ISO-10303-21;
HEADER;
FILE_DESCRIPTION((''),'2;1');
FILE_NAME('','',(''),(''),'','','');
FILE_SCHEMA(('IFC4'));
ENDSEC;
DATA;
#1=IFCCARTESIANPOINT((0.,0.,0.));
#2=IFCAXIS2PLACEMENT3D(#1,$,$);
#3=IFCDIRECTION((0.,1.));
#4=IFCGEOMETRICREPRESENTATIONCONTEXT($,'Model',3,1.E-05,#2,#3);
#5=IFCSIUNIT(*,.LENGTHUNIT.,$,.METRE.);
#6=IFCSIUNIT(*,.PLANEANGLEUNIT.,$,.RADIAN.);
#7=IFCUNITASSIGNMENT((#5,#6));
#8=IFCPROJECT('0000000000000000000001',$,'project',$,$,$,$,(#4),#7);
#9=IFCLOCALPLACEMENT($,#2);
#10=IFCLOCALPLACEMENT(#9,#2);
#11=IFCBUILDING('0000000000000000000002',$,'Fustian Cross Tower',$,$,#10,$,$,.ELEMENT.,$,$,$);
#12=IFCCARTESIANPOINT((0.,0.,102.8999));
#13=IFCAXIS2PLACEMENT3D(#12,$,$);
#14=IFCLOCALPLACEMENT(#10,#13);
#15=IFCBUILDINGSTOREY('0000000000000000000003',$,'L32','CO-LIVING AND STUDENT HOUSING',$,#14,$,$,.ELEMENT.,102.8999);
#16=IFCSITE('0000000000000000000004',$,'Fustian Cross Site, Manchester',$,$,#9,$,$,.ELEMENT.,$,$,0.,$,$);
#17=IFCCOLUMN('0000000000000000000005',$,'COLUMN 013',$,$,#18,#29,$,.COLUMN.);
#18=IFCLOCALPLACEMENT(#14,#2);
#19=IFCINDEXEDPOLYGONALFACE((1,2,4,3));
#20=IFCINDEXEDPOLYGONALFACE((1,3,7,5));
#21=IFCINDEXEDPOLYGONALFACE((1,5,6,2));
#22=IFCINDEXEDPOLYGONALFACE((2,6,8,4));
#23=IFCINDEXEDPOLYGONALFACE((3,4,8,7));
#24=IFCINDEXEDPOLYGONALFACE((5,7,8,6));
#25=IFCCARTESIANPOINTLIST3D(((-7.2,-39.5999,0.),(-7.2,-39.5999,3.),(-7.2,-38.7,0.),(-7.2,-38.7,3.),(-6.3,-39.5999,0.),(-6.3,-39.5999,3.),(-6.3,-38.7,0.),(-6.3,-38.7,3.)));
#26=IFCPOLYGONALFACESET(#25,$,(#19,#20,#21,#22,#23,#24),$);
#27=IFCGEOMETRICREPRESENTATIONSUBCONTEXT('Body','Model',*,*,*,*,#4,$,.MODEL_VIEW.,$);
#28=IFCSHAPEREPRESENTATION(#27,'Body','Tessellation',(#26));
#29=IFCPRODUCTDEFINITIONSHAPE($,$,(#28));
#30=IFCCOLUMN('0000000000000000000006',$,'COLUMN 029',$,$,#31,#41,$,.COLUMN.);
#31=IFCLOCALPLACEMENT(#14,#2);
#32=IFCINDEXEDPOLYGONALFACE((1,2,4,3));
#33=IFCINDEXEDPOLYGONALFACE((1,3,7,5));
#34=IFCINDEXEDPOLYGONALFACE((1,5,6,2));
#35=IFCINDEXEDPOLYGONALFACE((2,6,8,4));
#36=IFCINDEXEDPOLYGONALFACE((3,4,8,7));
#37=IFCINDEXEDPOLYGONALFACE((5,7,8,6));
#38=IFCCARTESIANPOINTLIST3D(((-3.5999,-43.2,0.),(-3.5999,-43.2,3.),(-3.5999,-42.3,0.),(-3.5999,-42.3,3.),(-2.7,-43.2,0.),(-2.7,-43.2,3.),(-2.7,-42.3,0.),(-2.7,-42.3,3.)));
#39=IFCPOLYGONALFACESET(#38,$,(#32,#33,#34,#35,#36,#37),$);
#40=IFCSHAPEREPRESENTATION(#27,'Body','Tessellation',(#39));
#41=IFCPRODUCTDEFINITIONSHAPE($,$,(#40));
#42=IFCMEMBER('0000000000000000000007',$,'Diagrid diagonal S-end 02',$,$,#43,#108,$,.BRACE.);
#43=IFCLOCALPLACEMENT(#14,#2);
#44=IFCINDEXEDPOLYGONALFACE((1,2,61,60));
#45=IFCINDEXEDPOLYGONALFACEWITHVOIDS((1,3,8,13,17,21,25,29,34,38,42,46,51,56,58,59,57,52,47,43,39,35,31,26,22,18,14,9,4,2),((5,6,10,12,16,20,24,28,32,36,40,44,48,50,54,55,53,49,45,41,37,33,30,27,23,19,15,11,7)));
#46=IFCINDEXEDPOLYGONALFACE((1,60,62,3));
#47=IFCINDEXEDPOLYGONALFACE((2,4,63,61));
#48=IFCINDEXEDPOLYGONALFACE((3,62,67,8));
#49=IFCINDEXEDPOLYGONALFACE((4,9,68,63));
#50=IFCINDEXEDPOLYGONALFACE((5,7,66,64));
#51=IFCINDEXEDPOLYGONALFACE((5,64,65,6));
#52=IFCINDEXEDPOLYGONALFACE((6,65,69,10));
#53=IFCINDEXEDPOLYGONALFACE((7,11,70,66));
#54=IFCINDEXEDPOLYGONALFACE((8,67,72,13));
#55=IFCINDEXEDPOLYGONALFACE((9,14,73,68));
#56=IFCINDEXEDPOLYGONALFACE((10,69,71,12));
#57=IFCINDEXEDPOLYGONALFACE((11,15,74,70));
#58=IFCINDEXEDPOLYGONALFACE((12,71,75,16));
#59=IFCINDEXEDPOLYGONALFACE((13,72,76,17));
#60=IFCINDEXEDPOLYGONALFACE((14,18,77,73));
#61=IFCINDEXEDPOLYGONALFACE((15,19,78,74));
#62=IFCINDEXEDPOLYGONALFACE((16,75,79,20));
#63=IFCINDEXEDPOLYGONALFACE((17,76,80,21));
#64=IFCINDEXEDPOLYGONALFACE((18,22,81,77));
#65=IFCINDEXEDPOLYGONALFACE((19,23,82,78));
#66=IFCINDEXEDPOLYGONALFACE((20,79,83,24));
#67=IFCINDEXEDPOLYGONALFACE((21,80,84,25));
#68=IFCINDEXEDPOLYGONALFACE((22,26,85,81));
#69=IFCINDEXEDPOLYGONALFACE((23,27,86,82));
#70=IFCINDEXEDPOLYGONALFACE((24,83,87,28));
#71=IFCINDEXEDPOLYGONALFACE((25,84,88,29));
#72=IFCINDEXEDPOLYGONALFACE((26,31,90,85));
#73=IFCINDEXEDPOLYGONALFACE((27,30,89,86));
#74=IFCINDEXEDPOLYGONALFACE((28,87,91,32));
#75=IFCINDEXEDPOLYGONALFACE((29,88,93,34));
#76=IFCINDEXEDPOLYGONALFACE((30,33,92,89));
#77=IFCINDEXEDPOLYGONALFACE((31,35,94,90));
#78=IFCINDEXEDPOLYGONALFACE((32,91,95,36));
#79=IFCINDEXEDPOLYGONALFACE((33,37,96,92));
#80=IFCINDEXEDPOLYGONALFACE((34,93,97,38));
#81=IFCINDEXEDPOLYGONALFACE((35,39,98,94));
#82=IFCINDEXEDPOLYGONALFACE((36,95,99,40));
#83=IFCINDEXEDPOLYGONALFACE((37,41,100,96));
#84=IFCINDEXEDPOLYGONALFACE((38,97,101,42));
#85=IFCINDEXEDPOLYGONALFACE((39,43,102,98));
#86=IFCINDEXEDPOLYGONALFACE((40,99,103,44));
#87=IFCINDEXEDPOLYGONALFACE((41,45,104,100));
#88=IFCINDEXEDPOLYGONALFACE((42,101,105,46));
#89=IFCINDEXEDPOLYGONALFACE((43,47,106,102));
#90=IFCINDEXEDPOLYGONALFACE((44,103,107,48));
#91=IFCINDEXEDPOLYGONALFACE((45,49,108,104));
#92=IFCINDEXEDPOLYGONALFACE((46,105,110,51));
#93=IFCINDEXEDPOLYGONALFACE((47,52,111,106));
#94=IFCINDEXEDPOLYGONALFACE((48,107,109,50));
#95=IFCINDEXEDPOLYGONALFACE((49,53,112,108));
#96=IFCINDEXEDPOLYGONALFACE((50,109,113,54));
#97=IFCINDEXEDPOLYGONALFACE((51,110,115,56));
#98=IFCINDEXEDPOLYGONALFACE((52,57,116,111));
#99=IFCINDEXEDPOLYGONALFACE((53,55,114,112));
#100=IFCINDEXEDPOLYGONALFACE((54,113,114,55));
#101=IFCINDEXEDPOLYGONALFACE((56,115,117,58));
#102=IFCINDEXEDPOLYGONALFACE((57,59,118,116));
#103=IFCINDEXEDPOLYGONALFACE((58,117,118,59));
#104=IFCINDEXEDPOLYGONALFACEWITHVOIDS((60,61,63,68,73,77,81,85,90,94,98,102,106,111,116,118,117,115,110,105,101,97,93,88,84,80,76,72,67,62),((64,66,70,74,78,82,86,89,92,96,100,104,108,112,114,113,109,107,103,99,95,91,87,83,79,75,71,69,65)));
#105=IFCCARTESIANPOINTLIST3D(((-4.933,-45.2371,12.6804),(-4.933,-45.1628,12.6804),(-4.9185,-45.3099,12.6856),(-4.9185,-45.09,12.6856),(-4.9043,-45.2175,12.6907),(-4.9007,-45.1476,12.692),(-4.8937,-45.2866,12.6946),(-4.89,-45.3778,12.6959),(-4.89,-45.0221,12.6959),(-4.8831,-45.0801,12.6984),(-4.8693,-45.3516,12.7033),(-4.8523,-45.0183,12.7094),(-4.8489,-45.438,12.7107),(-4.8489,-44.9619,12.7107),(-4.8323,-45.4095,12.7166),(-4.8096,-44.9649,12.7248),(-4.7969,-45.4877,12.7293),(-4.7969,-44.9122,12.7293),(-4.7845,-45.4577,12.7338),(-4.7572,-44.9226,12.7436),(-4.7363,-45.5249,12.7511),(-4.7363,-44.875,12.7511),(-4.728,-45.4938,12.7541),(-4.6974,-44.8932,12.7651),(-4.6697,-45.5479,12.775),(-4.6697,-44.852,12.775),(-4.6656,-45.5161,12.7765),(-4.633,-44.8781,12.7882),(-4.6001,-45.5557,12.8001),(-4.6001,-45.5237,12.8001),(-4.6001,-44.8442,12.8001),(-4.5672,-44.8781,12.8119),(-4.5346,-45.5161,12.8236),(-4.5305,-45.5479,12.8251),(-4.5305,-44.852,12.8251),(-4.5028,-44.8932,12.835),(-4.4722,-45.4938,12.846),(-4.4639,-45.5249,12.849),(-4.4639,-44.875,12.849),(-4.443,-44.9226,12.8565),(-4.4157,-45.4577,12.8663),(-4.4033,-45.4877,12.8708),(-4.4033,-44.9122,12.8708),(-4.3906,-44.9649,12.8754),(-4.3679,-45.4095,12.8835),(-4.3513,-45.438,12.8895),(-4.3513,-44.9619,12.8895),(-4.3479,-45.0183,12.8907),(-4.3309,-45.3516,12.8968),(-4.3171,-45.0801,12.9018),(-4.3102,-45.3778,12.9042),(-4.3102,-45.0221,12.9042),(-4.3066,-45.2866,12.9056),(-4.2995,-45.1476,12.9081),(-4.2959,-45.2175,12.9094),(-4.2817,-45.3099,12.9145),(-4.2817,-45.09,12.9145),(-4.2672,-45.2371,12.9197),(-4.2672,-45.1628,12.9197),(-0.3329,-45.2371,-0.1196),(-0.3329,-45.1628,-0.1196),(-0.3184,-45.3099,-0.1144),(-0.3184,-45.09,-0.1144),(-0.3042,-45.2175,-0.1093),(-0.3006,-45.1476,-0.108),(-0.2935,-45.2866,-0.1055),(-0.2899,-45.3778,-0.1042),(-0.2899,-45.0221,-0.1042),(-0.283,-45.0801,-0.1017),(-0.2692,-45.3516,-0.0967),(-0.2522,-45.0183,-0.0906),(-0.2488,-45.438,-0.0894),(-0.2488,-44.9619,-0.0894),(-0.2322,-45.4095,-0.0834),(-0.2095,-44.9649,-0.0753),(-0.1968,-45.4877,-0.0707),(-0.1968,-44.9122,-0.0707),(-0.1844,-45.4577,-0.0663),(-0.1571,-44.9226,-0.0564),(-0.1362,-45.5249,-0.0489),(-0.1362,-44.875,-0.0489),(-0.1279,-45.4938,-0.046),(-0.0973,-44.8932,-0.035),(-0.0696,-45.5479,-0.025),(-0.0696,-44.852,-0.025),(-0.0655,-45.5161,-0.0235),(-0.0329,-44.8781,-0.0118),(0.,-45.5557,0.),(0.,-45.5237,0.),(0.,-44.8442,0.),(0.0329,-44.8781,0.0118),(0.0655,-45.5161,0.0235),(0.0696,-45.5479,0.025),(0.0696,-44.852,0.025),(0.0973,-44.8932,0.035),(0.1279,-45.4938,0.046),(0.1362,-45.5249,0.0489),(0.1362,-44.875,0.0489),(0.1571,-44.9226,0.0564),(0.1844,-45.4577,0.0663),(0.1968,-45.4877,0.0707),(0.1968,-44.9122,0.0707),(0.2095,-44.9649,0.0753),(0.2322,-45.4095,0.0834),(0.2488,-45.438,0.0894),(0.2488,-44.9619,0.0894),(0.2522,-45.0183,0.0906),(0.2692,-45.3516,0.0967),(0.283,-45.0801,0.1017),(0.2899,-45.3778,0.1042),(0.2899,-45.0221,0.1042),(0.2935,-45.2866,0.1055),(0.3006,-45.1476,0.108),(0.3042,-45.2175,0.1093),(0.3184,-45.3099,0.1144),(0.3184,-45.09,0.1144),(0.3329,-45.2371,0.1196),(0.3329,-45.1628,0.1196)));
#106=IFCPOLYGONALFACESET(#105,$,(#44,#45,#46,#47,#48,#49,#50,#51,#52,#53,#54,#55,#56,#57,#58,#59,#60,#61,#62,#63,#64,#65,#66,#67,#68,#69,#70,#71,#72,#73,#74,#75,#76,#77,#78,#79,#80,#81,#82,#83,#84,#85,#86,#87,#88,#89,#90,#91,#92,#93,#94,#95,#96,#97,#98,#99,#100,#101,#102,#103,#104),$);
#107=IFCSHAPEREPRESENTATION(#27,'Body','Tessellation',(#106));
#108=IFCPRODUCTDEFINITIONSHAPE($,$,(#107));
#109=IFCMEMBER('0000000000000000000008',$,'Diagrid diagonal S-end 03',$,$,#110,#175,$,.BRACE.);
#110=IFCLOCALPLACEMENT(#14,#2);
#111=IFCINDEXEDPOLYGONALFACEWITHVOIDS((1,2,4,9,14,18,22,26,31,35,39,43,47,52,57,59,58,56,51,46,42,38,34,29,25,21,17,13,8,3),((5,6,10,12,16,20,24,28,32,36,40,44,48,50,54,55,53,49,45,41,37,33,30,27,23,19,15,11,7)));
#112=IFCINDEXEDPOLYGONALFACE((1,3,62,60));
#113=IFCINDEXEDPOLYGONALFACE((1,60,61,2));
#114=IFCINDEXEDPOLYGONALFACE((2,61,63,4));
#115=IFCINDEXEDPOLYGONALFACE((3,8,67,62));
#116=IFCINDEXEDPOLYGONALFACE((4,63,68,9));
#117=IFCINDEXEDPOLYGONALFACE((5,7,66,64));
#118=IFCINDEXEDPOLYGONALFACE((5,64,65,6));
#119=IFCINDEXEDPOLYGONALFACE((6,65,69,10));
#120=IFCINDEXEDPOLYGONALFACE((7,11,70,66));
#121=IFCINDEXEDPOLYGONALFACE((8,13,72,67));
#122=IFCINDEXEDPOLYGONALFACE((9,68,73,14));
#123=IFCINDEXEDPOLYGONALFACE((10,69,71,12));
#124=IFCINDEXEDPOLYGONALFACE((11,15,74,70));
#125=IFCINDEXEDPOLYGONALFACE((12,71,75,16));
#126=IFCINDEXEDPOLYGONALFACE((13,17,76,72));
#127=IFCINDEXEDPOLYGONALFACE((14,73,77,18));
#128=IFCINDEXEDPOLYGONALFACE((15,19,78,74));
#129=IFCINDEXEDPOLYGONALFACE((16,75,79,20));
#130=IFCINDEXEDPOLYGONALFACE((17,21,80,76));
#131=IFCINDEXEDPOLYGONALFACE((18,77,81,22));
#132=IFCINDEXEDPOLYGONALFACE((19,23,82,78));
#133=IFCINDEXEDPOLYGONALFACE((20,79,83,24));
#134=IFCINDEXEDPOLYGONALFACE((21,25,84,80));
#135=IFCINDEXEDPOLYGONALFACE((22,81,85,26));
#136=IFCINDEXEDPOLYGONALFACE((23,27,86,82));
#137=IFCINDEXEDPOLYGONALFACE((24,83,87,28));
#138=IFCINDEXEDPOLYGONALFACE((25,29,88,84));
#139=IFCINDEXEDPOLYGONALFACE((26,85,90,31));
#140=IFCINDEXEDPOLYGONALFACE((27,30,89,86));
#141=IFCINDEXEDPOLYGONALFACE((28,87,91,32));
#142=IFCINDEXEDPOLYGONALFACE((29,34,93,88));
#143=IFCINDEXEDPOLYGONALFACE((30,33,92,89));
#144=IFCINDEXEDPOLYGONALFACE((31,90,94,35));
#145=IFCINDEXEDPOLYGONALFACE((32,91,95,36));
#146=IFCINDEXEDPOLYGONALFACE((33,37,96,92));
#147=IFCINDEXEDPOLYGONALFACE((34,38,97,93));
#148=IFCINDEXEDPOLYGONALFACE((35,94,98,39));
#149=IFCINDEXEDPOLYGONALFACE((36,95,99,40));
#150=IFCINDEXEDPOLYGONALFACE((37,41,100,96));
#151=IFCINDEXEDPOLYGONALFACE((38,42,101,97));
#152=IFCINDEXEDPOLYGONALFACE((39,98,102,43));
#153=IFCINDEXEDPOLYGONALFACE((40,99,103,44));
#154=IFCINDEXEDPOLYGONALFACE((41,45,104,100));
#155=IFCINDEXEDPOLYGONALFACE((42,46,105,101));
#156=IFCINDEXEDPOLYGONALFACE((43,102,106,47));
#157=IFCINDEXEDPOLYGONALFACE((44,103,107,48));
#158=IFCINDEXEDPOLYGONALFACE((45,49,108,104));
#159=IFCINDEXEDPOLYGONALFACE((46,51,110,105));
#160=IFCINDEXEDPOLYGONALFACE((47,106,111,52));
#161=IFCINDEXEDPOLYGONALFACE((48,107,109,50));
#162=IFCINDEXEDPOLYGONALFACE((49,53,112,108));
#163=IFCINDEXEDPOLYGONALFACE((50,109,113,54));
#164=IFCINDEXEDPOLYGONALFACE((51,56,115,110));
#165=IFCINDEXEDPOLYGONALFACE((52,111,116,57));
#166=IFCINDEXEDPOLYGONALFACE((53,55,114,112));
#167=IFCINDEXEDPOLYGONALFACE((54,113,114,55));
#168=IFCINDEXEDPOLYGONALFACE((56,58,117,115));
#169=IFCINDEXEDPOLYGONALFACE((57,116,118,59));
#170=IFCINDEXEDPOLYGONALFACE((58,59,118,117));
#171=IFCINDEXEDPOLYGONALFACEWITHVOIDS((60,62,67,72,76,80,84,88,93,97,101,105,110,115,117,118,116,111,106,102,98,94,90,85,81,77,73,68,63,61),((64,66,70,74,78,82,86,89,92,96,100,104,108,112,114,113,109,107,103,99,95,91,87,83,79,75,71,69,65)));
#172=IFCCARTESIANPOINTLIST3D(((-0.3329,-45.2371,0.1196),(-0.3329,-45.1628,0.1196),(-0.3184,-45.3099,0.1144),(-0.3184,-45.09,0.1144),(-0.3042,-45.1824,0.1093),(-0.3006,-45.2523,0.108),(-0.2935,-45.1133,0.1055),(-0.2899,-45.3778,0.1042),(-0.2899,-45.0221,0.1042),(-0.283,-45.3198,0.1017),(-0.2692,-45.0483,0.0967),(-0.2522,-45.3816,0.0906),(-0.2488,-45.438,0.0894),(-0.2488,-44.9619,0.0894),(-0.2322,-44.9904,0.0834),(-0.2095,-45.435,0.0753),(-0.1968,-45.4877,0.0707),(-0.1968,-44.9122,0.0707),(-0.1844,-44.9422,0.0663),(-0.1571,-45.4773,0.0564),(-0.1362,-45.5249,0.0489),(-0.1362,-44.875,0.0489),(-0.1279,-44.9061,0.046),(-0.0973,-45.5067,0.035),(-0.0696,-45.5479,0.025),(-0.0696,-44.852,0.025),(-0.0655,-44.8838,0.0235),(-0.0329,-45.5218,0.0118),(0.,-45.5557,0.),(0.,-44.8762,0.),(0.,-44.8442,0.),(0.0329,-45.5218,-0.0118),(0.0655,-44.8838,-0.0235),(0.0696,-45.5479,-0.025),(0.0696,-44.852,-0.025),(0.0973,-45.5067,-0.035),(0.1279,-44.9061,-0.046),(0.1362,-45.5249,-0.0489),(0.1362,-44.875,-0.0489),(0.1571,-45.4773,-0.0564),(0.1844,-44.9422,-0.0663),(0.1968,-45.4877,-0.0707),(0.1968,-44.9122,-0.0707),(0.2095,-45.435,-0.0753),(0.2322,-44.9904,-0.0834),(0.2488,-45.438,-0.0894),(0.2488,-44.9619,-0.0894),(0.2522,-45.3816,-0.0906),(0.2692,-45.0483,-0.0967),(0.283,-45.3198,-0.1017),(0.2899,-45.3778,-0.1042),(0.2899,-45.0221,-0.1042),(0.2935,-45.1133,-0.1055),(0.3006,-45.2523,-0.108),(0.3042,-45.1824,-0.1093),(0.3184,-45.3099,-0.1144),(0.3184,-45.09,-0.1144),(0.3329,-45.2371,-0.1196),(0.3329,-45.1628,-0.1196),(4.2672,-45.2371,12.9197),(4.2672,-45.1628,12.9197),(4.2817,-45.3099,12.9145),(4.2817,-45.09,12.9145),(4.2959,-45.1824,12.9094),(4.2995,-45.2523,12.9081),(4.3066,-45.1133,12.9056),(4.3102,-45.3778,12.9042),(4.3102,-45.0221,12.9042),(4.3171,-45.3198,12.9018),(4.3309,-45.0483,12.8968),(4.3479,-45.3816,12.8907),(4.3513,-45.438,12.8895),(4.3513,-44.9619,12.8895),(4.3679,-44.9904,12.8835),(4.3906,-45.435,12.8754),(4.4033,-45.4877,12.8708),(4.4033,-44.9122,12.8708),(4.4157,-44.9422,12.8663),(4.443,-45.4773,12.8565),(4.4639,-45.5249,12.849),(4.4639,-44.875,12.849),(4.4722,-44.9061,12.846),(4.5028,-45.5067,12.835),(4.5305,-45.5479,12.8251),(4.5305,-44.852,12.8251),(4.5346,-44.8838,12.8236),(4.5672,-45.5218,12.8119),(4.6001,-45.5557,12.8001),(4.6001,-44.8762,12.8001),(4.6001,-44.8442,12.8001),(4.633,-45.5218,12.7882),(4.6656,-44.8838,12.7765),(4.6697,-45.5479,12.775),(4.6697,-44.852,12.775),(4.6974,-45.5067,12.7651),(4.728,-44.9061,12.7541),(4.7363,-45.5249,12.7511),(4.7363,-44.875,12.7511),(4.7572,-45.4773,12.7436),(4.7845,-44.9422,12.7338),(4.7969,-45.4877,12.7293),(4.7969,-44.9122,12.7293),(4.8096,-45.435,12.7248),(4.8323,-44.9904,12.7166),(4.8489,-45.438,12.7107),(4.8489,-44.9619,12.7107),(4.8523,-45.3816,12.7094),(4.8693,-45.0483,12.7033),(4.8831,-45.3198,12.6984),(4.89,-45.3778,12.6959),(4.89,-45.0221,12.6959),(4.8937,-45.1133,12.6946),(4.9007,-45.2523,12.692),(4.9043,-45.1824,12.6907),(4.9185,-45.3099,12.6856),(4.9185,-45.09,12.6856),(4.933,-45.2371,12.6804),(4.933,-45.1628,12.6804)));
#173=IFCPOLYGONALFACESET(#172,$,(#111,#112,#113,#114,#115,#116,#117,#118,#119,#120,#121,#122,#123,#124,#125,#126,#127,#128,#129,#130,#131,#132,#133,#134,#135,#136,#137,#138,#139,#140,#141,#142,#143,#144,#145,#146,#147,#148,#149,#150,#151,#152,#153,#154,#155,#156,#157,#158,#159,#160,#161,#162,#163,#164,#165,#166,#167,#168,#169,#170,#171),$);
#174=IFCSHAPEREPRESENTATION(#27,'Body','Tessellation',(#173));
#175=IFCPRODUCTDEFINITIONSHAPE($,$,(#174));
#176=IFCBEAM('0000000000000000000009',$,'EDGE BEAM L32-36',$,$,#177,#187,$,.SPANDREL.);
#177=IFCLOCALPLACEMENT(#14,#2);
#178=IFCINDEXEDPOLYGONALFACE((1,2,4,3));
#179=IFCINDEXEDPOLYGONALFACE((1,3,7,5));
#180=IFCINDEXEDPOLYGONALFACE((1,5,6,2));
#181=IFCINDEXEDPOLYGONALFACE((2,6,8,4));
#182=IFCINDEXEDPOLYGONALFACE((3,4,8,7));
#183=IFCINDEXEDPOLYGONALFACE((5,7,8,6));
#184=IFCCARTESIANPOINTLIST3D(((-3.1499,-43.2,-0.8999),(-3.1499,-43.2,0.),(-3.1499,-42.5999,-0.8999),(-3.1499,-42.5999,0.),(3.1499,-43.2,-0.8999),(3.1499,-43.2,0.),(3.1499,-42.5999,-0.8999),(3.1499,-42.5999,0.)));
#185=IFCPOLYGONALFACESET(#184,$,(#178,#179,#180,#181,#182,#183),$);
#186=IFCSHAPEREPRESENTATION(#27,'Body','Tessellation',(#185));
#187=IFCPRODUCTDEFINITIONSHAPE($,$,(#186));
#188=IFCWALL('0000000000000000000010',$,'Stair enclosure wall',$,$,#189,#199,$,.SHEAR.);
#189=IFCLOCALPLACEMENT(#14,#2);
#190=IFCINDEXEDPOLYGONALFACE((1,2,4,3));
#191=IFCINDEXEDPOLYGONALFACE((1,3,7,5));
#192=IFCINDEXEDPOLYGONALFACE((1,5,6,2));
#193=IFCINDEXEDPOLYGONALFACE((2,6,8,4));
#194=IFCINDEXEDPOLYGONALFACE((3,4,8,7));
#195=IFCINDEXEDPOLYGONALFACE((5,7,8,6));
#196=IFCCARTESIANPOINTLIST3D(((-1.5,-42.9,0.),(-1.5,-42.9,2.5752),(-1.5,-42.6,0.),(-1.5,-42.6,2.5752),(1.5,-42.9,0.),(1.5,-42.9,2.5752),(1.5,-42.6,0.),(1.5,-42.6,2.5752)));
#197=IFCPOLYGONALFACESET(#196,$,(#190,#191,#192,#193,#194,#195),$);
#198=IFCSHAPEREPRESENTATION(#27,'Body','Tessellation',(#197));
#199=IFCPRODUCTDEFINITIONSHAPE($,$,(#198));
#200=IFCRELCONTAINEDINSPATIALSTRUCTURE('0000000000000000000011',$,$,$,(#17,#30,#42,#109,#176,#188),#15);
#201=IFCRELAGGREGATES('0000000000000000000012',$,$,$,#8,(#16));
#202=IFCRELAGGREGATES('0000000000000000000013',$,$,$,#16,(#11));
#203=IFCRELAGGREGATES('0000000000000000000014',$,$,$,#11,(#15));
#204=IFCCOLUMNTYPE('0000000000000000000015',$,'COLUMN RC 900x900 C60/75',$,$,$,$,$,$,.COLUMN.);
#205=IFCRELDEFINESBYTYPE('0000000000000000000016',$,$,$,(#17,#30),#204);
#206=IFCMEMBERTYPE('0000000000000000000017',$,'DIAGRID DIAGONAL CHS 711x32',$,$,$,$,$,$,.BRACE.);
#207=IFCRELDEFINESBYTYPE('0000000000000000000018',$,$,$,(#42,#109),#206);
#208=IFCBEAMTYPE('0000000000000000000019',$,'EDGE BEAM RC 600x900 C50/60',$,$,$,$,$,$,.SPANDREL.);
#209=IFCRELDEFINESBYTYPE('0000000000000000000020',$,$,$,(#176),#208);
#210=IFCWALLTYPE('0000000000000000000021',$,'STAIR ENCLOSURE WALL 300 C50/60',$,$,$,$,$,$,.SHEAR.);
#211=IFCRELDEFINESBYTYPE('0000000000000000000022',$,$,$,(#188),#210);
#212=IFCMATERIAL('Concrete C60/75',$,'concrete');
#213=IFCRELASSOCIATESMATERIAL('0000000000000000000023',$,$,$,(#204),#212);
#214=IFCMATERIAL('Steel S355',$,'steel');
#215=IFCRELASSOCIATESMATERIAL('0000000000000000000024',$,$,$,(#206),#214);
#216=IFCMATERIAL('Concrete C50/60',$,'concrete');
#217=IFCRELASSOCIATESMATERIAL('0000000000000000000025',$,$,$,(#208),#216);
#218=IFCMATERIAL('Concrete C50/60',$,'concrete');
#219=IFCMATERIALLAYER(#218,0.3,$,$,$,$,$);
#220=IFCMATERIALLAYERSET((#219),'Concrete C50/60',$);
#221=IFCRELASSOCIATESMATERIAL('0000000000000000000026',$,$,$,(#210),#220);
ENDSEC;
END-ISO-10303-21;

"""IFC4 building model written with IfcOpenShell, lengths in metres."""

from ifc_helpers import new_model, si_unit, direction, frame, frame_2d, origin, origin_2d, place, context, subcontext, project, spatial, rectangle, hollow_circle, extrude, material, layer, layer_set, material_profile, profile_set, type_object, element, save


model = new_model("IFC4")

# Units and contexts
model_context = context("Model", 3, precision=1e-05, world=origin(), true_north=direction((0.0, 1.0)))
body_context = subcontext(model_context, "Body", "Model", "MODEL_VIEW")
ifc_project = project(units=[si_unit("LENGTHUNIT", "METRE"), si_unit("PLANEANGLEUNIT", "RADIAN")], contexts=[model_context])

# Site, building, storey
site_placement = place(None, origin())
site = spatial("IfcSite", under=ifc_project, at=site_placement, Name="Fustian Cross Site, Manchester", CompositionType="ELEMENT", RefElevation=0.0)
building_placement = place(site_placement, origin())
building = spatial("IfcBuilding", under=site, at=building_placement, Name="Fustian Cross Tower", CompositionType="ELEMENT")
storey_placement = place(building_placement, frame((0.0, 0.0, 102.8999)))
storey = spatial("IfcBuildingStorey", under=building, at=storey_placement, Name="L32", Description="CO-LIVING AND STUDENT HOUSING", CompositionType="ELEMENT", Elevation=102.8999)

# Columns
ifc_material_1 = material(Name="Concrete C60/75", Category="concrete")
ifc_material_profile_1 = material_profile(ifc_material_1, rectangle(XDim=0.8999, YDim=0.8999, at=origin_2d()), Name="RC 900x900")
ifc_profile_set_1 = profile_set([ifc_material_profile_1], Name="Concrete C60/75")
column_type = type_object("IfcColumnType", Name="COLUMN RC 900x900 C60/75", PredefinedType="COLUMN", material=ifc_profile_set_1)
for number, where, z_axis, x_axis, name in (
    (1, (-6.75, -39.1499, 0.0), (0.0, 0.0, 1.0), (1.0, 0.0, 0.0), "COLUMN 013"),
    (2, (-3.1499, -42.75, 0.0), (0.0, 0.0, 1.0), (1.0, 0.0, 0.0), "COLUMN 029"),
):
    element("IfcColumn", number, at=place(storey_placement, frame(where, z_axis=z_axis, x_axis=x_axis)), inside=storey, type_object=column_type, Name=name, PredefinedType="COLUMN", context=body_context, shape_type="SweptSolid", body=[
        extrude(rectangle(XDim=0.8999, YDim=0.8999, at=origin_2d()), origin(), (0.0, 0.0, 1.0), 3.0),
    ])

# Members
ifc_material_2 = material(Name="Steel S355", Category="steel")
ifc_material_profile_2 = material_profile(ifc_material_2, hollow_circle(Radius=0.3557, WallThickness=0.032, at=origin_2d()), Name="CHS 711x32")
ifc_profile_set_2 = profile_set([ifc_material_profile_2], Name="Steel S355")
member_type = type_object("IfcMemberType", Name="DIAGRID DIAGONAL CHS 711x32", PredefinedType="BRACE", material=ifc_profile_set_2)
for number, where, z_axis, x_axis, name in (
    (3, (0.0, -45.2, 0.0), (-0.338204, 0.0, 0.941073), (0.0, -1.0, 0.0), "Diagrid diagonal S-end 02"),
    (4, (0.0, -45.2, 0.0), (0.338204, 0.0, 0.941073), (0.0, 1.0, 0.0), "Diagrid diagonal S-end 03"),
):
    element("IfcMember", number, at=place(storey_placement, frame(where, z_axis=z_axis, x_axis=x_axis)), inside=storey, type_object=member_type, Name=name, PredefinedType="BRACE", context=body_context, shape_type="SweptSolid", body=[
        extrude(hollow_circle(Radius=0.3557, WallThickness=0.032, at=origin_2d()), origin(), (0.0, 0.0, 1.0), 13.6016),
    ])

# Beam
ifc_material_3 = material(Name="Concrete C50/60", Category="concrete")
ifc_material_profile_3 = material_profile(ifc_material_3, rectangle(XDim=0.6001, YDim=0.8999, at=origin_2d()), Name="RC 600x900")
ifc_profile_set_3 = profile_set([ifc_material_profile_3], Name="Concrete C50/60")
beam_type = type_object("IfcBeamType", Name="EDGE BEAM RC 600x900 C50/60", PredefinedType="SPANDREL", material=ifc_profile_set_3)
beam_placement = place(storey_placement, frame((-3.1499, -42.8999, -0.45), z_axis=(1.0, 0.0, 0.0), x_axis=(0.0, 1.0, 0.0)))
element("IfcBeam", 5, at=beam_placement, inside=storey, type_object=beam_type, Name="EDGE BEAM L32-36", PredefinedType="SPANDREL", context=body_context, shape_type="SweptSolid", body=[
    extrude(rectangle(XDim=0.6001, YDim=0.8999, at=origin_2d()), origin(), (0.0, 0.0, 1.0), 6.2998),
])

# Wall
ifc_material_4 = material(Name="Concrete C50/60", Category="concrete")
ifc_layer_1 = layer(ifc_material_4, 0.3)
ifc_layer_set_1 = layer_set([ifc_layer_1], Name="Concrete C50/60")
wall_type_1 = type_object("IfcWallType", Name="STAIR ENCLOSURE WALL 300 C50/60", PredefinedType="SHEAR", material=ifc_layer_set_1)
wall_1_placement = place(storey_placement, frame((-1.5, -42.75, 0.0), z_axis=(0.0, 0.0, 1.0), x_axis=(1.0, 0.0, 0.0)))
element("IfcWall", 6, at=wall_1_placement, inside=storey, type_object=wall_type_1, Name="Stair enclosure wall", PredefinedType="SHEAR", context=body_context, shape_type="SweptSolid", body=[
    extrude(rectangle(XDim=3.0, YDim=0.3, at=frame_2d((1.5, 0.0))), origin(), (0.0, 0.0, 1.0), 2.5752),
])

save(model, "model.ifc")
